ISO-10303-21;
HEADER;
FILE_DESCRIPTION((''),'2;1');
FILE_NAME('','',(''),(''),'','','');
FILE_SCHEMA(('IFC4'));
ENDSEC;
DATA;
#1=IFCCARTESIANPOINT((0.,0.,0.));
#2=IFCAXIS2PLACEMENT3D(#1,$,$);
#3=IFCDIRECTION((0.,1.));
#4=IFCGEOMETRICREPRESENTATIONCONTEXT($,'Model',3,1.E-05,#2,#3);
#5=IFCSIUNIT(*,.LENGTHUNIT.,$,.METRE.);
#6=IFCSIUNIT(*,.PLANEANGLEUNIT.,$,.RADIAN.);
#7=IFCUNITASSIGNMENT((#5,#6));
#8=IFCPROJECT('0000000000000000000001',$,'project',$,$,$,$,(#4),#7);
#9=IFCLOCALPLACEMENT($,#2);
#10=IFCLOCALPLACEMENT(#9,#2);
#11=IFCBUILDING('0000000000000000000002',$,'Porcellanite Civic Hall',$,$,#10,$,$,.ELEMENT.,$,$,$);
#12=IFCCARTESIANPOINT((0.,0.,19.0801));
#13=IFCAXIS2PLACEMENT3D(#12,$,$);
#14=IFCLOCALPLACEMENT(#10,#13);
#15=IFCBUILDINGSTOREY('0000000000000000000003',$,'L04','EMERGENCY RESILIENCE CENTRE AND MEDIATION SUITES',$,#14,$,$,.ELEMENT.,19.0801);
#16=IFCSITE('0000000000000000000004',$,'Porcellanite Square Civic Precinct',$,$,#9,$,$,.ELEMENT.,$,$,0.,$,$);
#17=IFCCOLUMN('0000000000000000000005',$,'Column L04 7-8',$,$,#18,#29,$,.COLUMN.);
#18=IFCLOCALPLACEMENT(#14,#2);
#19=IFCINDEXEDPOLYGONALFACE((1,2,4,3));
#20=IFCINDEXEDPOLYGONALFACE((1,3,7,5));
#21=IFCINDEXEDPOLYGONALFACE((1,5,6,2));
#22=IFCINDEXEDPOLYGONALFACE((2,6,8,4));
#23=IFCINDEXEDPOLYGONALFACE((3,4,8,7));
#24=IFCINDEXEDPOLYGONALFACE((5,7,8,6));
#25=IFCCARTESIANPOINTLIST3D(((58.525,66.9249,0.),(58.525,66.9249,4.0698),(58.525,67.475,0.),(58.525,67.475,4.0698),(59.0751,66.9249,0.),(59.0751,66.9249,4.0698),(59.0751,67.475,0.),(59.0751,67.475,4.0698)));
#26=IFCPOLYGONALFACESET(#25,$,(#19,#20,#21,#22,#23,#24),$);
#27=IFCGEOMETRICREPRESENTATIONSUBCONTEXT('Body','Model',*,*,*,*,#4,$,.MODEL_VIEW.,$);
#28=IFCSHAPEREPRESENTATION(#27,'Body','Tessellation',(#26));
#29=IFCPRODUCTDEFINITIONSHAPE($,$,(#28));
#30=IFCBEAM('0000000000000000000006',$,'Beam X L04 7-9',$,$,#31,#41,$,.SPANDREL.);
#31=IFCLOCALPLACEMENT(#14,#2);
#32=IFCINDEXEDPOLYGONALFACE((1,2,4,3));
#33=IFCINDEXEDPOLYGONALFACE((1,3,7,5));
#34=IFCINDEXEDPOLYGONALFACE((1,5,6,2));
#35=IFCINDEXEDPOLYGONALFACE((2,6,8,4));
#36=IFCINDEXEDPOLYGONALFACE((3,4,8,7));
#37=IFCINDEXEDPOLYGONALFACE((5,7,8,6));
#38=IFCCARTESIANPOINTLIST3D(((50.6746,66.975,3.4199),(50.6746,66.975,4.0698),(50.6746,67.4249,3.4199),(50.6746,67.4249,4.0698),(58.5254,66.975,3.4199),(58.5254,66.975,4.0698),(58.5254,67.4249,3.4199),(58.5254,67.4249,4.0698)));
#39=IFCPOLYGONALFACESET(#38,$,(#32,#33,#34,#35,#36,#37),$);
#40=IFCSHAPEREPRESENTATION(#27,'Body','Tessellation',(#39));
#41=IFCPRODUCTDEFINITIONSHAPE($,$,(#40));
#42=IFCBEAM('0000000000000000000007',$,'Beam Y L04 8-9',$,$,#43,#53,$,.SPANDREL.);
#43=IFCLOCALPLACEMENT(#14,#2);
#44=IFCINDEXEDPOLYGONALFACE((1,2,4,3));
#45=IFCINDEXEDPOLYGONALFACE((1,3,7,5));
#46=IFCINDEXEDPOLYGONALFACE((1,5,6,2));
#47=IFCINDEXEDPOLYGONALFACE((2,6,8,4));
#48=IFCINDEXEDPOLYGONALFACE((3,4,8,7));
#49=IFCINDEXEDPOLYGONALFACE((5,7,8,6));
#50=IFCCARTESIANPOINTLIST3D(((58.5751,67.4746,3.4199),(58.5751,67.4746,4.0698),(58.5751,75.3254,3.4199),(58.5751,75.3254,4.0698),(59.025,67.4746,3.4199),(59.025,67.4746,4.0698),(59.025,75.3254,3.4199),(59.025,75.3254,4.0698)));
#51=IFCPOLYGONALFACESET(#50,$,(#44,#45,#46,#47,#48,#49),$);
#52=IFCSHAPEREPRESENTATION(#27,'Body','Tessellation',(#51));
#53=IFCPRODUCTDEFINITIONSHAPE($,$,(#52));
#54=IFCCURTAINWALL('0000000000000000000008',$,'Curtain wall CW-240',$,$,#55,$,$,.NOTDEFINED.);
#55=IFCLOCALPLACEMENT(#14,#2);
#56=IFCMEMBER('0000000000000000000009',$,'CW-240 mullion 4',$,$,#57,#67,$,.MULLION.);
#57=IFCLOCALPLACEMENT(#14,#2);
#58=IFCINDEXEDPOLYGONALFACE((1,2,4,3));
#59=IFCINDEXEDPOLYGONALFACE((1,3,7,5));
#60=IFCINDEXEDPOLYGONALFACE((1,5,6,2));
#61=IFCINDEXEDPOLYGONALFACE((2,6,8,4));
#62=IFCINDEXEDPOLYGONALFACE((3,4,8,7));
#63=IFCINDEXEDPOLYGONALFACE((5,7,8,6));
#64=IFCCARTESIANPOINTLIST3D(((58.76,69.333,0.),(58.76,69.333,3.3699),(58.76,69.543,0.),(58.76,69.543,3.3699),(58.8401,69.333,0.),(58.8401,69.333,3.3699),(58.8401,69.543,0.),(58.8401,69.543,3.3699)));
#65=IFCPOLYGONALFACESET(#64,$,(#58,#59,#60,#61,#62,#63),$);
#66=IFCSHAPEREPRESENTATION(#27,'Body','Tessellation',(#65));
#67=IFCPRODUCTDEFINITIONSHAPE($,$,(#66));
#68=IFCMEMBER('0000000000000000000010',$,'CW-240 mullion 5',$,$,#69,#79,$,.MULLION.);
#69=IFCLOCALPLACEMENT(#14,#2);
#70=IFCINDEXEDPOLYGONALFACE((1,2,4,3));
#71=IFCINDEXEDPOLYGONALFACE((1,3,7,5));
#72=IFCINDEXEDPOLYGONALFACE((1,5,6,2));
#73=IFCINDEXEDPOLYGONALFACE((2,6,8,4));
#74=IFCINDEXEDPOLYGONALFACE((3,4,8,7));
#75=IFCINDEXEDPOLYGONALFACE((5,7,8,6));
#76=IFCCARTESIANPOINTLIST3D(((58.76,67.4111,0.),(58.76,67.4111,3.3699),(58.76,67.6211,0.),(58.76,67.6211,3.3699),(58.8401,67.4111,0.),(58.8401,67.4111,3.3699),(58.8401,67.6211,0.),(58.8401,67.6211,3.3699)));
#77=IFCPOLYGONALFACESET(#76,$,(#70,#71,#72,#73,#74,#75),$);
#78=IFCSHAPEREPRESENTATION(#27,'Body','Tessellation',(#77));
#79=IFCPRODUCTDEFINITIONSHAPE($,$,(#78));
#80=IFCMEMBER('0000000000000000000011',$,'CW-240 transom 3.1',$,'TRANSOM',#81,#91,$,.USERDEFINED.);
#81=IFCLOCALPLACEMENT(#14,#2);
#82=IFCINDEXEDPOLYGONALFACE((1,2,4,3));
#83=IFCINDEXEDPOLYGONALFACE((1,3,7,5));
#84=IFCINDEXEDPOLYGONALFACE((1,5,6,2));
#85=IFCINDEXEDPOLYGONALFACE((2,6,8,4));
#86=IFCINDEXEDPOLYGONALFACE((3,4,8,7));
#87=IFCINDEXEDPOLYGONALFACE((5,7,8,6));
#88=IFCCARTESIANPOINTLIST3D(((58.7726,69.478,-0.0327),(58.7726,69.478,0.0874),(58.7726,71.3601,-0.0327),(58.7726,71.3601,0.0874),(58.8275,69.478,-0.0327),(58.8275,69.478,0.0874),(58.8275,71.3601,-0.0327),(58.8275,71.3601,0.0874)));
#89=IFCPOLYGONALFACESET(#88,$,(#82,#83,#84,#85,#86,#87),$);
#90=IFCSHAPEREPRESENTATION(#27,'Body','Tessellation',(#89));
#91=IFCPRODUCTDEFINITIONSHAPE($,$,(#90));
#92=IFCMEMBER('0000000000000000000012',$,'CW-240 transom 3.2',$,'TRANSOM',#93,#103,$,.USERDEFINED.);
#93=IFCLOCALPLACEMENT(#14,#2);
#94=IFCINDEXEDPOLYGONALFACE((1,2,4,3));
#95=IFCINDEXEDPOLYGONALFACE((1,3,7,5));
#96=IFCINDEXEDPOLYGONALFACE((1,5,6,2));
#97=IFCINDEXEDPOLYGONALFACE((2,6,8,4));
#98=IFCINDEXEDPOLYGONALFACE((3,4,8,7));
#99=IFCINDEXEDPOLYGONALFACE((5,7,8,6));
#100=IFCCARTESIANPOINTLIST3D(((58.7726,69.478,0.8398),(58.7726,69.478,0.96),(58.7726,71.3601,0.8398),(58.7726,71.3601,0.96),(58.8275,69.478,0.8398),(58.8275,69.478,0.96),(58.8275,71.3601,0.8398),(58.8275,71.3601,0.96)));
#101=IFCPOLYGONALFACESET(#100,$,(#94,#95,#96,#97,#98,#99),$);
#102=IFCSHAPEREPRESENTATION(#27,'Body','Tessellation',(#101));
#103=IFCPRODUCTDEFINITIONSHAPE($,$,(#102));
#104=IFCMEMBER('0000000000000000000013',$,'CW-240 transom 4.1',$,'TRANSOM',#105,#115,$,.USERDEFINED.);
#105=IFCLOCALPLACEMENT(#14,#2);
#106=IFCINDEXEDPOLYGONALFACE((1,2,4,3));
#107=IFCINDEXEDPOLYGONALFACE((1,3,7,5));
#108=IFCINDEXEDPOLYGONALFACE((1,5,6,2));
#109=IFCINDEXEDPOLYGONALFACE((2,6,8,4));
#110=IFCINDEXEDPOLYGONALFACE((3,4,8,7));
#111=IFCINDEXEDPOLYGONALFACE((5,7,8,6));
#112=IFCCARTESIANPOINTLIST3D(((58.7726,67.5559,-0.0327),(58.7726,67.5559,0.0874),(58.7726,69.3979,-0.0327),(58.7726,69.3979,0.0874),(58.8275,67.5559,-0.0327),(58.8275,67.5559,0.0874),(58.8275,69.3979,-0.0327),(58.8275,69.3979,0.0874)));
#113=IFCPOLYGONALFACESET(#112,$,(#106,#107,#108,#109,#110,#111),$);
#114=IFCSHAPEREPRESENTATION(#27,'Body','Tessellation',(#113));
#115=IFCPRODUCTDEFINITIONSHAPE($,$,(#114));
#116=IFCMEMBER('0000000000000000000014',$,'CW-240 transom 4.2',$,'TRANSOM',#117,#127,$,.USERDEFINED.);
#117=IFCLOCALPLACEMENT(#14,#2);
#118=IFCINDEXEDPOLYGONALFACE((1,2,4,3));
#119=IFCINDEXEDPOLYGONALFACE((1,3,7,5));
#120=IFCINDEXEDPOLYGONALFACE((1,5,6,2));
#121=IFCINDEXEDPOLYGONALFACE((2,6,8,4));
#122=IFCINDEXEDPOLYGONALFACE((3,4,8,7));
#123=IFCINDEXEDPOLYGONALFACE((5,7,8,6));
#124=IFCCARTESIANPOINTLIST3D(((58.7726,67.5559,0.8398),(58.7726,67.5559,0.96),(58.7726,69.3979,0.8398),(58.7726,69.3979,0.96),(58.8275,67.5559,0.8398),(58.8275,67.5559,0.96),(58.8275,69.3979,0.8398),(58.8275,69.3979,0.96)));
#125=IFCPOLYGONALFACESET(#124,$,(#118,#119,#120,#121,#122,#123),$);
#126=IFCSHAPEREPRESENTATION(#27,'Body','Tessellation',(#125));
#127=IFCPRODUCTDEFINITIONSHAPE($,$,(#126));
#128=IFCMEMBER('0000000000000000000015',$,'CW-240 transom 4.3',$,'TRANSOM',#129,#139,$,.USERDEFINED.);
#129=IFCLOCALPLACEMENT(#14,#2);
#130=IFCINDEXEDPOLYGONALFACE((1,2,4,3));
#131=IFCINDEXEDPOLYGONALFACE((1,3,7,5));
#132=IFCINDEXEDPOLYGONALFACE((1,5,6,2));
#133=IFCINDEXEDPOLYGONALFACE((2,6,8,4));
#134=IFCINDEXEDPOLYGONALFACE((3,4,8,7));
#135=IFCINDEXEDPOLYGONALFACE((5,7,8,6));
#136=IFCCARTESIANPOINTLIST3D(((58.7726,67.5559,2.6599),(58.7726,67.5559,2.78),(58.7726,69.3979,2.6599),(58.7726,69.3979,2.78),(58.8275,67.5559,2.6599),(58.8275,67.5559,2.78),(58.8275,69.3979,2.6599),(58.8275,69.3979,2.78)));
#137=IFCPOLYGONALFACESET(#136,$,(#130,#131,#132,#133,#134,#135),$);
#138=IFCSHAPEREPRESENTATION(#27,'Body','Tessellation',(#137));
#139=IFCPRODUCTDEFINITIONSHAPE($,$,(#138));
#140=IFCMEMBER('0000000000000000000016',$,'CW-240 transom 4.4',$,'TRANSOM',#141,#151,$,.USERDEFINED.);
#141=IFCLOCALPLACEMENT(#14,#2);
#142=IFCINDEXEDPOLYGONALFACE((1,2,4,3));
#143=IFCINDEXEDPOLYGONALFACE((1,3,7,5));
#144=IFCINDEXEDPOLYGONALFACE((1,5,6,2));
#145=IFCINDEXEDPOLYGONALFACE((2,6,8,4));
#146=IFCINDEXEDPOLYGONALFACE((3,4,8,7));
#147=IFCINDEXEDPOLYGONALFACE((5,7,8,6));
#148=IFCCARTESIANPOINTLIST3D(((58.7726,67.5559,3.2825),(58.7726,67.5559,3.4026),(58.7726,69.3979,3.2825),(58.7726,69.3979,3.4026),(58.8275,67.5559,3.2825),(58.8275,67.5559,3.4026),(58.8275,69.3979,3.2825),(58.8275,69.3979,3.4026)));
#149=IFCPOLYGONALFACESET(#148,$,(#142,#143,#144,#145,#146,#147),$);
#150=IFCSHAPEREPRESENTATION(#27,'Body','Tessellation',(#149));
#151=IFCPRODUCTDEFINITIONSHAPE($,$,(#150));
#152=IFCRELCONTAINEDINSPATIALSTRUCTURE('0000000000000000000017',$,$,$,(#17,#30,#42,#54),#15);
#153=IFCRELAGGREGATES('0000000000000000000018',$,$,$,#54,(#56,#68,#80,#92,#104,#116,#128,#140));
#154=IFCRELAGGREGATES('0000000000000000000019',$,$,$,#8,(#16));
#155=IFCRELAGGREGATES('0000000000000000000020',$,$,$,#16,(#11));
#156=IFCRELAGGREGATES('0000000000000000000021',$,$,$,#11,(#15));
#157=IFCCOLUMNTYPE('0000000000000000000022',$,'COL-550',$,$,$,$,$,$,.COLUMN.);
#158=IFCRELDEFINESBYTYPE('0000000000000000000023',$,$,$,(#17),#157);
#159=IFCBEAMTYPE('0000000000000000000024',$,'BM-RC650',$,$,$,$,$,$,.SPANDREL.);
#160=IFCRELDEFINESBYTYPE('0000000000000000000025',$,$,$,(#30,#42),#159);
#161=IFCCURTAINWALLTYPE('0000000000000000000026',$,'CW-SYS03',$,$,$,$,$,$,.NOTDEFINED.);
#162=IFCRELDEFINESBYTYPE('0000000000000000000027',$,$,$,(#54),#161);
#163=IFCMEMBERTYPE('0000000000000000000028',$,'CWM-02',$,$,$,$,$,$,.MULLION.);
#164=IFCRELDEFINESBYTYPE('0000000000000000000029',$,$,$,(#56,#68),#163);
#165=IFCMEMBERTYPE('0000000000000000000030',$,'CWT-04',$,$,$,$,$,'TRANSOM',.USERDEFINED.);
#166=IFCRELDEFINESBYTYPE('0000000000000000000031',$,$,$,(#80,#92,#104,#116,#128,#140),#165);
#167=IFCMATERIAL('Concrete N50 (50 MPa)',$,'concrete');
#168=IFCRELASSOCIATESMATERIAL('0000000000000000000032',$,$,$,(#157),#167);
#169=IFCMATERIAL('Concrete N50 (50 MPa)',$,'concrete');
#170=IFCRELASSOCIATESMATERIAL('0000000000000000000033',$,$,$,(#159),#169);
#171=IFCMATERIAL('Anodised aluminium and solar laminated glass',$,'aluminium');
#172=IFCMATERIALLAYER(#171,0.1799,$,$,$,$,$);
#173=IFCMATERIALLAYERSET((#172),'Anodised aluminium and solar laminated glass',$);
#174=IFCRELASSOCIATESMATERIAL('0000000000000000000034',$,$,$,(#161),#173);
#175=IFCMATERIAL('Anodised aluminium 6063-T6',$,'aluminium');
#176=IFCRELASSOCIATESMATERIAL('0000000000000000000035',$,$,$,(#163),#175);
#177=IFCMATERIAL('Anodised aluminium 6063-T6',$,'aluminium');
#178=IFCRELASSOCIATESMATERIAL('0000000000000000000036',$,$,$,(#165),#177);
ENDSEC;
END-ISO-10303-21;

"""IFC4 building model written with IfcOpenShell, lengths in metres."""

from ifc_helpers import new_model, si_unit, direction, frame, origin, origin_2d, place, context, subcontext, project, spatial, rectangle, extrude, material, layer, layer_set, material_profile, profile_set, type_object, element, aggregate, save


model = new_model("IFC4")

# Units and contexts
model_context = context("Model", 3, precision=1e-05, world=origin(), true_north=direction((0.0, 1.0)))
body_context = subcontext(model_context, "Body", "Model", "MODEL_VIEW")
ifc_project = project(units=[si_unit("LENGTHUNIT", "METRE"), si_unit("PLANEANGLEUNIT", "RADIAN")], contexts=[model_context])

# Site, building, storey
site_placement = place(None, origin())
site = spatial("IfcSite", under=ifc_project, at=site_placement, Name="Porcellanite Square Civic Precinct", CompositionType="ELEMENT", RefElevation=0.0)
building_placement = place(site_placement, origin())
building = spatial("IfcBuilding", under=site, at=building_placement, Name="Porcellanite Civic Hall", CompositionType="ELEMENT")
storey_placement = place(building_placement, frame((0.0, 0.0, 19.0801)))
storey = spatial("IfcBuildingStorey", under=building, at=storey_placement, Name="L04", Description="EMERGENCY RESILIENCE CENTRE AND MEDIATION SUITES", CompositionType="ELEMENT", Elevation=19.0801)

# Column
ifc_material_1 = material(Name="Concrete N50 (50 MPa)", Category="concrete")
ifc_material_profile_1 = material_profile(ifc_material_1, rectangle(XDim=0.55, YDim=0.55, at=origin_2d()), Name="RC-550x550")
ifc_profile_set_1 = profile_set([ifc_material_profile_1], Name="Concrete N50 (50 MPa)")
column_type = type_object("IfcColumnType", Name="COL-550", PredefinedType="COLUMN", material=ifc_profile_set_1)
column_placement = place(storey_placement, frame((58.8, 67.2, 0.0), z_axis=(0.0, 0.0, 1.0), x_axis=(1.0, 0.0, 0.0)))
element("IfcColumn", 1, at=column_placement, inside=storey, type_object=column_type, Name="Column L04 7-8", PredefinedType="COLUMN", context=body_context, shape_type="SweptSolid", body=[
    extrude(rectangle(XDim=0.55, YDim=0.55, at=origin_2d()), origin(), (0.0, 0.0, 1.0), 4.0698),
])

# Beams
ifc_material_2 = material(Name="Concrete N50 (50 MPa)", Category="concrete")
ifc_material_profile_2 = material_profile(ifc_material_2, rectangle(XDim=0.45, YDim=0.6499, at=origin_2d()), Name="RC-450x650")
ifc_profile_set_2 = profile_set([ifc_material_profile_2], Name="Concrete N50 (50 MPa)")
beam_type_1 = type_object("IfcBeamType", Name="BM-RC650", PredefinedType="SPANDREL", material=ifc_profile_set_2)
for number, where, z_axis, x_axis, name in (
    (2, (50.6746, 67.2, 3.7449), (1.0, 0.0, 0.0), (0.0, 1.0, 0.0), "Beam X L04 7-9"),
    (3, (58.8, 67.4746, 3.7449), (0.0, 1.0, 0.0), (-1.0, 0.0, 0.0), "Beam Y L04 8-9"),
):
    element("IfcBeam", number, at=place(storey_placement, frame(where, z_axis=z_axis, x_axis=x_axis)), inside=storey, type_object=beam_type_1, Name=name, PredefinedType="SPANDREL", context=body_context, shape_type="SweptSolid", body=[
        extrude(rectangle(XDim=0.45, YDim=0.6499, at=origin_2d()), origin(), (0.0, 0.0, 1.0), 7.8508),
    ])

# Curtain wall, members
ifc_material_3 = material(Name="Anodised aluminium and solar laminated glass", Category="aluminium")
ifc_layer_1 = layer(ifc_material_3, 0.1799)
ifc_layer_set_1 = layer_set([ifc_layer_1], Name="Anodised aluminium and solar laminated glass")
curtain_wall_type = type_object("IfcCurtainWallType", Name="CW-SYS03", PredefinedType="NOTDEFINED", material=ifc_layer_set_1)
curtain_wall_placement = place(storey_placement, origin())
curtain_wall = element("IfcCurtainWall", 4, at=curtain_wall_placement, inside=storey, type_object=curtain_wall_type, Name="Curtain wall CW-240", PredefinedType="NOTDEFINED")
ifc_material_4 = material(Name="Anodised aluminium 6063-T6", Category="aluminium")
ifc_material_profile_3 = material_profile(ifc_material_4, rectangle(XDim=0.0801, YDim=0.21, at=origin_2d()), Name="AL-80x210")
ifc_profile_set_3 = profile_set([ifc_material_profile_3], Name="Anodised aluminium 6063-T6")
member_type_1 = type_object("IfcMemberType", Name="CWM-02", PredefinedType="MULLION", material=ifc_profile_set_3)
member_1_placement = place(storey_placement, frame((58.8, 69.438, 0.0), z_axis=(0.0, 0.0, 1.0), x_axis=(1.0, 0.0, 0.0)))
member_1 = element("IfcMember", 5, at=member_1_placement, type_object=member_type_1, Name="CW-240 mullion 4", PredefinedType="MULLION", context=body_context, shape_type="SweptSolid", body=[
    extrude(rectangle(XDim=0.0801, YDim=0.21, at=origin_2d()), origin(), (0.0, 0.0, 1.0), 3.3699),
])
member_2_placement = place(storey_placement, frame((58.8, 67.5161, 0.0), z_axis=(0.0, 0.0, 1.0), x_axis=(1.0, 0.0, 0.0)))
member_2 = element("IfcMember", 6, at=member_2_placement, type_object=member_type_1, Name="CW-240 mullion 5", PredefinedType="MULLION", context=body_context, shape_type="SweptSolid", body=[
    extrude(rectangle(XDim=0.0801, YDim=0.21, at=origin_2d()), origin(), (0.0, 0.0, 1.0), 3.3699),
])
ifc_material_5 = material(Name="Anodised aluminium 6063-T6", Category="aluminium")
ifc_material_profile_4 = material_profile(ifc_material_5, rectangle(XDim=0.0549, YDim=0.1201, at=origin_2d()), Name="AL-55x120")
ifc_profile_set_4 = profile_set([ifc_material_profile_4], Name="Anodised aluminium 6063-T6")
member_type_2 = type_object("IfcMemberType", Name="CWT-04", ElementType="TRANSOM", PredefinedType="USERDEFINED", material=ifc_profile_set_4)
member_3_placement = place(storey_placement, frame((58.8, 71.3601, 0.0273), z_axis=(0.0, -1.0, 0.0), x_axis=(1.0, 0.0, 0.0)))
member_3 = element("IfcMember", 7, at=member_3_placement, type_object=member_type_2, Name="CW-240 transom 3.1", ObjectType="TRANSOM", PredefinedType="USERDEFINED", context=body_context, shape_type="SweptSolid", body=[
    extrude(rectangle(XDim=0.0549, YDim=0.1201, at=origin_2d()), origin(), (0.0, 0.0, 1.0), 1.8821),
])
member_4_placement = place(storey_placement, frame((58.8, 71.3601, 0.8999), z_axis=(0.0, -1.0, 0.0), x_axis=(1.0, 0.0, 0.0)))
member_4 = element("IfcMember", 8, at=member_4_placement, type_object=member_type_2, Name="CW-240 transom 3.2", ObjectType="TRANSOM", PredefinedType="USERDEFINED", context=body_context, shape_type="SweptSolid", body=[
    extrude(rectangle(XDim=0.0549, YDim=0.1201, at=origin_2d()), origin(), (0.0, 0.0, 1.0), 1.8821),
])
member_5_placement = place(storey_placement, frame((58.8, 69.3979, 0.0273), z_axis=(0.0, -1.0, 0.0), x_axis=(1.0, 0.0, 0.0)))
member_5 = element("IfcMember", 9, at=member_5_placement, type_object=member_type_2, Name="CW-240 transom 4.1", ObjectType="TRANSOM", PredefinedType="USERDEFINED", context=body_context, shape_type="SweptSolid", body=[
    extrude(rectangle(XDim=0.0549, YDim=0.1201, at=origin_2d()), origin(), (0.0, 0.0, 1.0), 1.842),
])
member_6_placement = place(storey_placement, frame((58.8, 69.3979, 0.8999), z_axis=(0.0, -1.0, 0.0), x_axis=(1.0, 0.0, 0.0)))
member_6 = element("IfcMember", 10, at=member_6_placement, type_object=member_type_2, Name="CW-240 transom 4.2", ObjectType="TRANSOM", PredefinedType="USERDEFINED", context=body_context, shape_type="SweptSolid", body=[
    extrude(rectangle(XDim=0.0549, YDim=0.1201, at=origin_2d()), origin(), (0.0, 0.0, 1.0), 1.842),
])
member_7_placement = place(storey_placement, frame((58.8, 69.3979, 2.72), z_axis=(0.0, -1.0, 0.0), x_axis=(1.0, 0.0, 0.0)))
member_7 = element("IfcMember", 11, at=member_7_placement, type_object=member_type_2, Name="CW-240 transom 4.3", ObjectType="TRANSOM", PredefinedType="USERDEFINED", context=body_context, shape_type="SweptSolid", body=[
    extrude(rectangle(XDim=0.0549, YDim=0.1201, at=origin_2d()), origin(), (0.0, 0.0, 1.0), 1.842),
])
member_8_placement = place(storey_placement, frame((58.8, 69.3979, 3.3425), z_axis=(0.0, -1.0, 0.0), x_axis=(1.0, 0.0, 0.0)))
member_8 = element("IfcMember", 12, at=member_8_placement, type_object=member_type_2, Name="CW-240 transom 4.4", ObjectType="TRANSOM", PredefinedType="USERDEFINED", context=body_context, shape_type="SweptSolid", body=[
    extrude(rectangle(XDim=0.0549, YDim=0.1201, at=origin_2d()), origin(), (0.0, 0.0, 1.0), 1.842),
])

aggregate(curtain_wall, [member_1, member_2, member_3, member_4, member_5, member_6, member_7, member_8])

save(model, "model.ifc")
